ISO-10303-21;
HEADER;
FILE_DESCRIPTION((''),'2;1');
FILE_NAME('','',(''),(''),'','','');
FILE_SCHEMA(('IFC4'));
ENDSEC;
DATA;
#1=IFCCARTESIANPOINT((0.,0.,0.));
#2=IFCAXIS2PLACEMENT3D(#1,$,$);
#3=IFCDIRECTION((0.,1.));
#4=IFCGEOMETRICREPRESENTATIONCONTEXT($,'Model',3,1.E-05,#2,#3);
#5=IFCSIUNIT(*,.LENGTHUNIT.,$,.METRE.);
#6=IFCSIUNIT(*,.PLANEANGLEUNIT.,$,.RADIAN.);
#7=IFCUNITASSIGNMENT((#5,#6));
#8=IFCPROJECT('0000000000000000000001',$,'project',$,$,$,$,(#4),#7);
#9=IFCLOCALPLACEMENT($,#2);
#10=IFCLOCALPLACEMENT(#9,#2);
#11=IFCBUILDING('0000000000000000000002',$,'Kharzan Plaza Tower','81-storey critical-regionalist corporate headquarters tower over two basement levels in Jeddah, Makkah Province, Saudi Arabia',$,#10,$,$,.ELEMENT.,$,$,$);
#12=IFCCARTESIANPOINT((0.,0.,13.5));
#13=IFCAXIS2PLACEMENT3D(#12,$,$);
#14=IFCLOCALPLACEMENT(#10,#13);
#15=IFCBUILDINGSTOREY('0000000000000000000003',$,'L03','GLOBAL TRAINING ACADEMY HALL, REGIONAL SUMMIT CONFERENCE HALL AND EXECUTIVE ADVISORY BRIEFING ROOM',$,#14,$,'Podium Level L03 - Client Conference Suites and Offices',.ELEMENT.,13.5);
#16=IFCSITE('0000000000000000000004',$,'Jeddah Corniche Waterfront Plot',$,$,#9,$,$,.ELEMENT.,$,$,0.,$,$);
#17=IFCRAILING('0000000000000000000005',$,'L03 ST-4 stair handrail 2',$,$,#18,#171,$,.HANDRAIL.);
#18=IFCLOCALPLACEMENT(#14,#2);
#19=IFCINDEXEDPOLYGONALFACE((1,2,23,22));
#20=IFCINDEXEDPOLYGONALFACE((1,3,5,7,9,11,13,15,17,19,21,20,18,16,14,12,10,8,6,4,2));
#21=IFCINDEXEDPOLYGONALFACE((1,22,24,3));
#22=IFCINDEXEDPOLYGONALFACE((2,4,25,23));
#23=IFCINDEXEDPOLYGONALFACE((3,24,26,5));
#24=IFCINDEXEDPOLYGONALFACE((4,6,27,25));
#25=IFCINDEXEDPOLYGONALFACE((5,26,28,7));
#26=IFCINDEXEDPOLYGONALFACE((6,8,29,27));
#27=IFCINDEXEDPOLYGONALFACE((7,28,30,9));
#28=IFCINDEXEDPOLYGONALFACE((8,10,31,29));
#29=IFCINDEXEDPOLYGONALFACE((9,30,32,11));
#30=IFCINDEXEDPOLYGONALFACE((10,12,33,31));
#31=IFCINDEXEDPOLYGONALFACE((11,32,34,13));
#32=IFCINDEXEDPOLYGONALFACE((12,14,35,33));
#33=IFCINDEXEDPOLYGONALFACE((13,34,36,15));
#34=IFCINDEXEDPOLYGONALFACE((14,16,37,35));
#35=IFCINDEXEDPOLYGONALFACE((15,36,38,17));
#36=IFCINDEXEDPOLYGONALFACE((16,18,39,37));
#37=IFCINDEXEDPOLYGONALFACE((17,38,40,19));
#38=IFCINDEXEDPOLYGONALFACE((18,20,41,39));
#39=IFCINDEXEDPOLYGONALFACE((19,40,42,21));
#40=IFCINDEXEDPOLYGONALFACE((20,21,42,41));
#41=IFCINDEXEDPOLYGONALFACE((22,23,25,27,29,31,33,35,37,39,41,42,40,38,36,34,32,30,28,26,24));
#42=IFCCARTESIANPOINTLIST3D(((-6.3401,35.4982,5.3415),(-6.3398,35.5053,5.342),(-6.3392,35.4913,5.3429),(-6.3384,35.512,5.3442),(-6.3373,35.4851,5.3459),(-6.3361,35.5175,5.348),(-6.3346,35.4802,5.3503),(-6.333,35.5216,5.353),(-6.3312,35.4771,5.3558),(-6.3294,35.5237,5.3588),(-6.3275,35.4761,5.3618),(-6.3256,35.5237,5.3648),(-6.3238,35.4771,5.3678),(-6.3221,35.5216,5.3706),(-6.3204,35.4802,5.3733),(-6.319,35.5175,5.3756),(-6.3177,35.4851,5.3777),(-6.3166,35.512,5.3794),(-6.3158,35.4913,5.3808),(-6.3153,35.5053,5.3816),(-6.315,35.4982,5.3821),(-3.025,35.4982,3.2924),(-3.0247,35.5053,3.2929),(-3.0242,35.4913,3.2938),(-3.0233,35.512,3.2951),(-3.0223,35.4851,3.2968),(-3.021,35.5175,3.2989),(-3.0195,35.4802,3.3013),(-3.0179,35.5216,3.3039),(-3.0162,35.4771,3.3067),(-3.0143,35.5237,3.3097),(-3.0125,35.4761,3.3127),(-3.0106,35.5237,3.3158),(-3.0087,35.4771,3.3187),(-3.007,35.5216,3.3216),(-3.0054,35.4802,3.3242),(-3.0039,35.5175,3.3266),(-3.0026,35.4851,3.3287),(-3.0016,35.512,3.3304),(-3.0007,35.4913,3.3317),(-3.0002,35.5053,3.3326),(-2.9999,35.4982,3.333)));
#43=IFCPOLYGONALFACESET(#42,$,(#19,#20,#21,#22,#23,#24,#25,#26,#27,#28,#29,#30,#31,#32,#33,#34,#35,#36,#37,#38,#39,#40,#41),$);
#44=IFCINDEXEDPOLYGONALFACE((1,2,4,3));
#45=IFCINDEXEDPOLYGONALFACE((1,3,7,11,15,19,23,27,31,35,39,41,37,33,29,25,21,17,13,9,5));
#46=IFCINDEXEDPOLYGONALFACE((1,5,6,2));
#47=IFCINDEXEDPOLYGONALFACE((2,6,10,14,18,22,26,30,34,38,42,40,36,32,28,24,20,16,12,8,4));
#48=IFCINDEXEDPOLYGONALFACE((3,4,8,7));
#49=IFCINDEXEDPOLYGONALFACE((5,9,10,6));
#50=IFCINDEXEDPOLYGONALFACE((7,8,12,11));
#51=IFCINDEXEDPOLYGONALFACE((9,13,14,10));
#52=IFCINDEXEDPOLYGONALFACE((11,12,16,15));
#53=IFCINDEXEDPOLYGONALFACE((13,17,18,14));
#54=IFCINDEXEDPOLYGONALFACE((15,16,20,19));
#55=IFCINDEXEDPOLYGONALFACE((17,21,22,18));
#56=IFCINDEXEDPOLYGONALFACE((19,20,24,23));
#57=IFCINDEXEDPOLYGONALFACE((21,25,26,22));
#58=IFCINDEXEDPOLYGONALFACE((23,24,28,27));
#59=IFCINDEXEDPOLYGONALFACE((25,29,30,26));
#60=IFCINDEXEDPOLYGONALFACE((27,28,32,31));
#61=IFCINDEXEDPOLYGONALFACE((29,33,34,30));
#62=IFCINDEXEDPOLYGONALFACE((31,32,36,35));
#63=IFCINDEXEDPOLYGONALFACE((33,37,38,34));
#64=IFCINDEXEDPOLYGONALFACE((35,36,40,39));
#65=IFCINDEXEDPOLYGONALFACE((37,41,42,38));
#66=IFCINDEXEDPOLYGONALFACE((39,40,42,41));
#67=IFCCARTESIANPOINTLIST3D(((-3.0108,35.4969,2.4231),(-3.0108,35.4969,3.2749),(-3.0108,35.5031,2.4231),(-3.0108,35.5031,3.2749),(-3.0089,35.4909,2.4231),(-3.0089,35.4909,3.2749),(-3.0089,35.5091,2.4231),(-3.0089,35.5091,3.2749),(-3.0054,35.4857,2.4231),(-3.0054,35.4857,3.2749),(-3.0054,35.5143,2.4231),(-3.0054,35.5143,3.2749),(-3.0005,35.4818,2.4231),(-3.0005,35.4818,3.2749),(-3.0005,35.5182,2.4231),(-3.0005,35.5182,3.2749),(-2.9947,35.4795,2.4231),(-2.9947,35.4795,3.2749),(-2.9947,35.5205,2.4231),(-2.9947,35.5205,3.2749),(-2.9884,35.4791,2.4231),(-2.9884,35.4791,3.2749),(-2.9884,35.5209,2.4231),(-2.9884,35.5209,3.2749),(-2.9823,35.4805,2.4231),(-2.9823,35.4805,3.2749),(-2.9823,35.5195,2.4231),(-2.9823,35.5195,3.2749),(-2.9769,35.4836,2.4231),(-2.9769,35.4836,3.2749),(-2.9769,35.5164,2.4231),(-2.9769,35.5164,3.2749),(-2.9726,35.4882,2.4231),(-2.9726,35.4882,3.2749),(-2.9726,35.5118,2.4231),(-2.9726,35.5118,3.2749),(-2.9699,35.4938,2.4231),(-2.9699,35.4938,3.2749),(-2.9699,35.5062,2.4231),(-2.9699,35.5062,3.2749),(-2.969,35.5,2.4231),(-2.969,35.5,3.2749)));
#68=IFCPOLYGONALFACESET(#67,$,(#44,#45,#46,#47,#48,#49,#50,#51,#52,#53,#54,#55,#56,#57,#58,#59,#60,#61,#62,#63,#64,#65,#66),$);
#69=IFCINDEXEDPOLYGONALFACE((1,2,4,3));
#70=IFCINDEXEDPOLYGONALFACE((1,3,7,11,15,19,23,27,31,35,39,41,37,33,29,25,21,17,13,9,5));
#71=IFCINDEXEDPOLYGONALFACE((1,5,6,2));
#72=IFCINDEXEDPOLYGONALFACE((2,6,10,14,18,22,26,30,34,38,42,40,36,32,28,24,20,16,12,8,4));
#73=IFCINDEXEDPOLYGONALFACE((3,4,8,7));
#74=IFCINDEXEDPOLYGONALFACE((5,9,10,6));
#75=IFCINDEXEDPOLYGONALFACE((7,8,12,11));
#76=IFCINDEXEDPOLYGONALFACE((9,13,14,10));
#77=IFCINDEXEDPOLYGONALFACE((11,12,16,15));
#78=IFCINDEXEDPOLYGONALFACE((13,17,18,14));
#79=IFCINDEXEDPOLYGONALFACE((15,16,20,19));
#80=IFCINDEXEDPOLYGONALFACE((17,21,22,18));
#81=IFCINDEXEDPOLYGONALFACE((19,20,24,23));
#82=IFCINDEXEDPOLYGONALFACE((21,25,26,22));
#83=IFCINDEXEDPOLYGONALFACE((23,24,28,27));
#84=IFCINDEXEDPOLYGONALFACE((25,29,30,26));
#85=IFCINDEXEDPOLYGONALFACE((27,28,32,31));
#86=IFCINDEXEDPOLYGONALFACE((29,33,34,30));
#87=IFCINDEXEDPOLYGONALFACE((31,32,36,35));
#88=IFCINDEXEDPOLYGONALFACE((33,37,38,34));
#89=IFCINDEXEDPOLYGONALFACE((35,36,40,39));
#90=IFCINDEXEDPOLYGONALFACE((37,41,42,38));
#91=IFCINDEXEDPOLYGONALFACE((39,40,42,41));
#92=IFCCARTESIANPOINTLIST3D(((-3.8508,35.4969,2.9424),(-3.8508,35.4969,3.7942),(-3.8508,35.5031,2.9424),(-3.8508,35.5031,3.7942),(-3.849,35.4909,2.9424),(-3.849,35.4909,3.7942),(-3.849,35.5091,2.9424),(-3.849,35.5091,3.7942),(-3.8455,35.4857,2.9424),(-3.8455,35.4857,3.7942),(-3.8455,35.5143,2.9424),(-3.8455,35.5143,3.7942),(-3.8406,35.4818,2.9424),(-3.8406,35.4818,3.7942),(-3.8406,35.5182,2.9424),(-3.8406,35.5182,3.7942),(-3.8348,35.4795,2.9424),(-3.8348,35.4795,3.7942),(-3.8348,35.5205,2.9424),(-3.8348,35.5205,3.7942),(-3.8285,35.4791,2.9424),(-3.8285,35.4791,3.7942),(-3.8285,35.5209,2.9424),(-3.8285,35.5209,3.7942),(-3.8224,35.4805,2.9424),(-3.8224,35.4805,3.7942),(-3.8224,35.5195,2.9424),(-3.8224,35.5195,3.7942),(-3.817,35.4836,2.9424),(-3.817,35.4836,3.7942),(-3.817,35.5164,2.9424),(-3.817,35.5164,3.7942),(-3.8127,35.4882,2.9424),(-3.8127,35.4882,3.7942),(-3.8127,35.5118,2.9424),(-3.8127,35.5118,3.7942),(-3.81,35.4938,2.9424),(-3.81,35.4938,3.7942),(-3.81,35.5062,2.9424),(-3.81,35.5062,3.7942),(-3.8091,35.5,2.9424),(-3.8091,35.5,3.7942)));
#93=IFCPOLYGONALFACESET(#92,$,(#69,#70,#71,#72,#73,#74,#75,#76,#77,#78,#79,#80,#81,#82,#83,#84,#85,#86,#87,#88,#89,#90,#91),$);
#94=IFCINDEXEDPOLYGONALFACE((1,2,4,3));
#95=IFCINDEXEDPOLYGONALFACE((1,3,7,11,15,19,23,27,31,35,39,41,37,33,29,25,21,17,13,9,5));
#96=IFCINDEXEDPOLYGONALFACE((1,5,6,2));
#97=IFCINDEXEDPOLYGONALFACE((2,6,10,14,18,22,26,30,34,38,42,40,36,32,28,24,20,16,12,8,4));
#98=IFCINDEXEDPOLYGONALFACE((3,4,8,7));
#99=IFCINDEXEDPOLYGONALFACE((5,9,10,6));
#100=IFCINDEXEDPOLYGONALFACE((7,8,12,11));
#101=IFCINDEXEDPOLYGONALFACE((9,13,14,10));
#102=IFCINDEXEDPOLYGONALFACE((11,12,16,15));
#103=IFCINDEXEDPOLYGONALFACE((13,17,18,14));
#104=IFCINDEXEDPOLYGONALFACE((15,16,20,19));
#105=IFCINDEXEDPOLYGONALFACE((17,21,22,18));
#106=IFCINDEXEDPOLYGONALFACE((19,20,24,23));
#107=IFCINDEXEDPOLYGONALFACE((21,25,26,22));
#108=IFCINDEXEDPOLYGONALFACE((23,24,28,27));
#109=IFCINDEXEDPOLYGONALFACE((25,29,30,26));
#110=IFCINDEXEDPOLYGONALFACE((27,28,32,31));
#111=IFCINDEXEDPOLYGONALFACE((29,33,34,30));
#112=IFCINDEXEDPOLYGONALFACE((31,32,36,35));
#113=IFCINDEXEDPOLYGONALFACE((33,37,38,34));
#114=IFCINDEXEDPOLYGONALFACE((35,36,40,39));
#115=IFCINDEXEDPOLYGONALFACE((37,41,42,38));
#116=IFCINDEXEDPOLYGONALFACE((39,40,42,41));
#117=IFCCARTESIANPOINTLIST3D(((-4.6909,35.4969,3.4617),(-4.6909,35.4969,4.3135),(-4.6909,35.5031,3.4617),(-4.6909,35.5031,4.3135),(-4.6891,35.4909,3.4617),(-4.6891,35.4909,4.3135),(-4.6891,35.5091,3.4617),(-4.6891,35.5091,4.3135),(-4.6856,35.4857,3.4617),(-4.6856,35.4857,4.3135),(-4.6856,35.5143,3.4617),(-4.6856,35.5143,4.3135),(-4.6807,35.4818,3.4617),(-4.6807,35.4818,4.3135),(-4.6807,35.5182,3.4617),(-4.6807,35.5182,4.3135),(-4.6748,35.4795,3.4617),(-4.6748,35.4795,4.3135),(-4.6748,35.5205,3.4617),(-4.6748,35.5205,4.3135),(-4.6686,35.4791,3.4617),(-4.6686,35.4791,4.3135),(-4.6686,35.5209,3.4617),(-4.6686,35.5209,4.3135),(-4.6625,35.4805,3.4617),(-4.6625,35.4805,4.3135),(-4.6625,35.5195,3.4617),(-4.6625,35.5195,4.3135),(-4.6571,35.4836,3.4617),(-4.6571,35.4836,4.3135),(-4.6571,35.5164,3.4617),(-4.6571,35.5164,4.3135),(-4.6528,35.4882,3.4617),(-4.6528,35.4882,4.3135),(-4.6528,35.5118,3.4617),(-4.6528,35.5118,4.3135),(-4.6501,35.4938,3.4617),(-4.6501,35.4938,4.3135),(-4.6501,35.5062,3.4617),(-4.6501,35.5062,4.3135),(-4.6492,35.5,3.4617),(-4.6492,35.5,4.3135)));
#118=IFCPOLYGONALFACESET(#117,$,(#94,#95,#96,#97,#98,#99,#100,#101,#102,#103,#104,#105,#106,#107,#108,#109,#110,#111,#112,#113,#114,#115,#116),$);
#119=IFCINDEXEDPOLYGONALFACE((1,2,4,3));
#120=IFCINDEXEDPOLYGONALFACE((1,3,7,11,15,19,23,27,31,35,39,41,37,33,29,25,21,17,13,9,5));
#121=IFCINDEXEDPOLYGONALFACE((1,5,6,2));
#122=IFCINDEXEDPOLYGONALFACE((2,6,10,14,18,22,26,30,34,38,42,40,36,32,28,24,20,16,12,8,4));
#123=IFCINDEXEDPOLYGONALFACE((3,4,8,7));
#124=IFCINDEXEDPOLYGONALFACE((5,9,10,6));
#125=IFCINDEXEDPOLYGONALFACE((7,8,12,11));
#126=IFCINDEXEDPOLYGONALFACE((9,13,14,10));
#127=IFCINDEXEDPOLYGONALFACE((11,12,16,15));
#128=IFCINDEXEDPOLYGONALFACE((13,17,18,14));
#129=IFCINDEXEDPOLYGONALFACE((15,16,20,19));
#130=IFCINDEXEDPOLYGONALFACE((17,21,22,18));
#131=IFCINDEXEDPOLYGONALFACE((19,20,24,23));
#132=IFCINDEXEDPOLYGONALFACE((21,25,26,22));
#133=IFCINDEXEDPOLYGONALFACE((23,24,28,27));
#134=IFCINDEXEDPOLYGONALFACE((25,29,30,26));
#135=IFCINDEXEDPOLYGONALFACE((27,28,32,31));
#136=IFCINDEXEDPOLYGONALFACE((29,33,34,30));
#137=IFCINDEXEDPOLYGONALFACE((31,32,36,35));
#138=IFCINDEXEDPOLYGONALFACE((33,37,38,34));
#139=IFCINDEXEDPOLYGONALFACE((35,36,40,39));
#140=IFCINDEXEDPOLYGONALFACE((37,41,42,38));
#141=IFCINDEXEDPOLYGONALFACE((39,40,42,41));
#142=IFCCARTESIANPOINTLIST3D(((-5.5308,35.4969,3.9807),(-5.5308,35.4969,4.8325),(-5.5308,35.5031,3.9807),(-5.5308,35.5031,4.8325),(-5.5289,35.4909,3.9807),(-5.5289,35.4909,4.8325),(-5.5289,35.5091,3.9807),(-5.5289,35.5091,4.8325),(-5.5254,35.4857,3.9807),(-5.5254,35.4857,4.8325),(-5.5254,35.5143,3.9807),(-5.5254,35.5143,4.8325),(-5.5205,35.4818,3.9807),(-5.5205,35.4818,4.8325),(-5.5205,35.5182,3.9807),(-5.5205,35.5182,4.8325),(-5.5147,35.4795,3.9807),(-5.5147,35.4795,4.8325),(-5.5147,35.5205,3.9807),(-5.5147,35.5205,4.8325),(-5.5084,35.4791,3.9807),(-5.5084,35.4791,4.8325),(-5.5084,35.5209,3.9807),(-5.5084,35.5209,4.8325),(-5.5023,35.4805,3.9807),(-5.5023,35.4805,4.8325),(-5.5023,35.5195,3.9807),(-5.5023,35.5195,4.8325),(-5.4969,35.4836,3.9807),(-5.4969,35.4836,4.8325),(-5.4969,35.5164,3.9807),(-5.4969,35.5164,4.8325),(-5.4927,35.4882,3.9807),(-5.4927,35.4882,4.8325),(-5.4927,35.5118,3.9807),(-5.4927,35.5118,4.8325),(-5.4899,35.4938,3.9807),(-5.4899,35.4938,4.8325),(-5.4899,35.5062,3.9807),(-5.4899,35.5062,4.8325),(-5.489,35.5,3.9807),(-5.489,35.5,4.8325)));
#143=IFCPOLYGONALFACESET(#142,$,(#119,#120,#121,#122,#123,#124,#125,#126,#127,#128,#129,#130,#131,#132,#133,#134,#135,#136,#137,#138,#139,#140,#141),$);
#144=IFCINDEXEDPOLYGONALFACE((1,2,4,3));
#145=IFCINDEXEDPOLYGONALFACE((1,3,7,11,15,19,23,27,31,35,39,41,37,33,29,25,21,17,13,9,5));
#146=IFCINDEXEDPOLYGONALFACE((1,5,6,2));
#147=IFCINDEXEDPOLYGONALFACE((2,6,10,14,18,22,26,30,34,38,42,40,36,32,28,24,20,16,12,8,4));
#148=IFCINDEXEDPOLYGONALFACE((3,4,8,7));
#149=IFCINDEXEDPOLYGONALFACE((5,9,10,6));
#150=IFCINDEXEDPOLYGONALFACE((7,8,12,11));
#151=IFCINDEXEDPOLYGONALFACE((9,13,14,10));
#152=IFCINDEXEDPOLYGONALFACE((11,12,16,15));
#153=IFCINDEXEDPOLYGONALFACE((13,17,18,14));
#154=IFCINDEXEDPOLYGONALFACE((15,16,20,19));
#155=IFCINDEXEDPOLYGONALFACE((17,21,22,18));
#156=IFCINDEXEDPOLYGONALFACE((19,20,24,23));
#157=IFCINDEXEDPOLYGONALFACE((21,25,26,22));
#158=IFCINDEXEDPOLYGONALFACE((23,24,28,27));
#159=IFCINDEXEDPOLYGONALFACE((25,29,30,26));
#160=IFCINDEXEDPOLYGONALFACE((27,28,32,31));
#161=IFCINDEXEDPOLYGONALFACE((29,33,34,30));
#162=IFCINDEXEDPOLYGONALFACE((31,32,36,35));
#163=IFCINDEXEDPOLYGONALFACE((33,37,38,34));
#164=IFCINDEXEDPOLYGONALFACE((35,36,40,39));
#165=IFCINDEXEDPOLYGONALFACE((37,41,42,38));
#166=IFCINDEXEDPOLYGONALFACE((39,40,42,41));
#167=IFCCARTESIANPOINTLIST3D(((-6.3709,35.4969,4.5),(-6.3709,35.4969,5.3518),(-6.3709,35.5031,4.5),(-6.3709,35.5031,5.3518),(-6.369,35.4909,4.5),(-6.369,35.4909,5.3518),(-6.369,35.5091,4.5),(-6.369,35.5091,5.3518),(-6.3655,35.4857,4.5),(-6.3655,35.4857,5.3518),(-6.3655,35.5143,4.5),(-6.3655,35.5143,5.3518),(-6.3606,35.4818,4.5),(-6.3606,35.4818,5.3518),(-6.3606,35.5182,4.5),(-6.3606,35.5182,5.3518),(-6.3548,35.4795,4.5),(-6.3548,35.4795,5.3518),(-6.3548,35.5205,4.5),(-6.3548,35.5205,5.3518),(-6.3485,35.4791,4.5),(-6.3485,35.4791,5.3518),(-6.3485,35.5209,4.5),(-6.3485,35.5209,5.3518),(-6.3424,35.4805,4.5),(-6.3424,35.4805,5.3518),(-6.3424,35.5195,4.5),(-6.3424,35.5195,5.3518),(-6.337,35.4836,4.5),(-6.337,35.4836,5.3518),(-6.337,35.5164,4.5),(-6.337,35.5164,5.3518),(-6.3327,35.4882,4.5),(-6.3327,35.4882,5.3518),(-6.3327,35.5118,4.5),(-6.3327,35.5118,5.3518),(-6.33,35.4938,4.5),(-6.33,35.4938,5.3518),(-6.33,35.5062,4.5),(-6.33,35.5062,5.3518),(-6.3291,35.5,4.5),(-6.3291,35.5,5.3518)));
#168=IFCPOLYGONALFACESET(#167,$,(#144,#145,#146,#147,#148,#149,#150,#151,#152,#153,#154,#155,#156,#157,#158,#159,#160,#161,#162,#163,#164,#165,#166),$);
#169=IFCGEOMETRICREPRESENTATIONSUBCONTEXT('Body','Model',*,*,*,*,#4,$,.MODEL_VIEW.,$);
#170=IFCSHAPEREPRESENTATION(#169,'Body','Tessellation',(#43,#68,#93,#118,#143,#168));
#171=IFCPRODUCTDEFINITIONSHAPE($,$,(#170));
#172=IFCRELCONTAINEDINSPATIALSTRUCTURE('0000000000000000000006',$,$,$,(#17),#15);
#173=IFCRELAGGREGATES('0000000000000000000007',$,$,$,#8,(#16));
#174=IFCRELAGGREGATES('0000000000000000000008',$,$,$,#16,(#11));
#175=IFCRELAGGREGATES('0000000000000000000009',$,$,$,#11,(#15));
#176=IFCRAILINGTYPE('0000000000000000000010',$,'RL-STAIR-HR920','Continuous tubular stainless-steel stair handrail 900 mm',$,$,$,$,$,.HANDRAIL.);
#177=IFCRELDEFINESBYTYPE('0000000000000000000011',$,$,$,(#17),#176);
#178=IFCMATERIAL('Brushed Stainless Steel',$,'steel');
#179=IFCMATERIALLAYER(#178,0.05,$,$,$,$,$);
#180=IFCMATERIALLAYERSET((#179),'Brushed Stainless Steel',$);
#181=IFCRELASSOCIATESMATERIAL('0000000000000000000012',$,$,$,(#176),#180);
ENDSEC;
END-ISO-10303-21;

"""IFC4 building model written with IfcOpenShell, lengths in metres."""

from ifc_helpers import new_model, si_unit, direction, frame, origin, origin_2d, place, context, subcontext, project, spatial, circle, extrude, source, transform, mapped, material, layer, layer_set, type_object, element, save


model = new_model("IFC4")

# Units and contexts
model_context = context("Model", 3, precision=1e-05, world=origin(), true_north=direction((0.0, 1.0)))
body_context = subcontext(model_context, "Body", "Model", "MODEL_VIEW")
ifc_project = project(units=[si_unit("LENGTHUNIT", "METRE"), si_unit("PLANEANGLEUNIT", "RADIAN")], contexts=[model_context])

# Site, building, storey
site_placement = place(None, origin())
site = spatial("IfcSite", under=ifc_project, at=site_placement, Name="Jeddah Corniche Waterfront Plot", CompositionType="ELEMENT", RefElevation=0.0)
building_placement = place(site_placement, origin())
building = spatial("IfcBuilding", under=site, at=building_placement, Name="Kharzan Plaza Tower", Description="81-storey critical-regionalist corporate headquarters tower over two basement levels in Jeddah, Makkah Province, Saudi Arabia", CompositionType="ELEMENT")
storey_placement = place(building_placement, frame((0.0, 0.0, 13.5)))
storey = spatial("IfcBuildingStorey", under=building, at=storey_placement, Name="L03", Description="GLOBAL TRAINING ACADEMY HALL, REGIONAL SUMMIT CONFERENCE HALL AND EXECUTIVE ADVISORY BRIEFING ROOM", LongName="Podium Level L03 - Client Conference Suites and Offices", CompositionType="ELEMENT", Elevation=13.5)

# Railing
ifc_material_1 = material(Name="Brushed Stainless Steel", Category="steel")
ifc_layer_1 = layer(ifc_material_1, 0.05)
ifc_layer_set_1 = layer_set([ifc_layer_1], Name="Brushed Stainless Steel")
railing_type_1 = type_object("IfcRailingType", Name="RL-STAIR-HR920", Description="Continuous tubular stainless-steel stair handrail 900 mm", PredefinedType="HANDRAIL", material=ifc_layer_set_1)
shared_shape_1 = source(origin(), body_context, "Body", "SweptSolid", [
    extrude(circle(Radius=0.0239, at=origin_2d()), frame((-0.0225, 0.0, 0.8896), z_axis=(-0.850623, 0.0, 0.525776), x_axis=(0.0, -1.0, 0.0)), (0.0, 0.0, 1.0), 3.8972),
    extrude(circle(Radius=0.021, at=origin_2d()), origin(), (0.0, 0.0, 1.0), 0.8518),
    extrude(circle(Radius=0.021, at=origin_2d()), frame((-0.8401, 0.0, 0.5193)), (0.0, 0.0, 1.0), 0.8518),
    extrude(circle(Radius=0.021, at=origin_2d()), frame((-1.6802, 0.0, 1.0386)), (0.0, 0.0, 1.0), 0.8518),
    extrude(circle(Radius=0.021, at=origin_2d()), frame((-2.52, 0.0, 1.5576)), (0.0, 0.0, 1.0), 0.8518),
    extrude(circle(Radius=0.021, at=origin_2d()), frame((-3.3601, 0.0, 2.0769)), (0.0, 0.0, 1.0), 0.8518),
])
railing_1_placement = place(storey_placement, frame((-2.99, 35.5, 2.4231)))
element("IfcRailing", 1, at=railing_1_placement, inside=storey, type_object=railing_type_1, Name="L03 ST-4 stair handrail 2", PredefinedType="HANDRAIL", context=body_context, shape_type="MappedRepresentation", body=[
    mapped(shared_shape_1, transform((0.0, 0.0, 0.0), x_axis=(1.0, 0.0, 0.0), y_axis=(0.0, 1.0, 0.0), z_axis=(0.0, 0.0, 1.0))),
])

save(model, "model.ifc")
